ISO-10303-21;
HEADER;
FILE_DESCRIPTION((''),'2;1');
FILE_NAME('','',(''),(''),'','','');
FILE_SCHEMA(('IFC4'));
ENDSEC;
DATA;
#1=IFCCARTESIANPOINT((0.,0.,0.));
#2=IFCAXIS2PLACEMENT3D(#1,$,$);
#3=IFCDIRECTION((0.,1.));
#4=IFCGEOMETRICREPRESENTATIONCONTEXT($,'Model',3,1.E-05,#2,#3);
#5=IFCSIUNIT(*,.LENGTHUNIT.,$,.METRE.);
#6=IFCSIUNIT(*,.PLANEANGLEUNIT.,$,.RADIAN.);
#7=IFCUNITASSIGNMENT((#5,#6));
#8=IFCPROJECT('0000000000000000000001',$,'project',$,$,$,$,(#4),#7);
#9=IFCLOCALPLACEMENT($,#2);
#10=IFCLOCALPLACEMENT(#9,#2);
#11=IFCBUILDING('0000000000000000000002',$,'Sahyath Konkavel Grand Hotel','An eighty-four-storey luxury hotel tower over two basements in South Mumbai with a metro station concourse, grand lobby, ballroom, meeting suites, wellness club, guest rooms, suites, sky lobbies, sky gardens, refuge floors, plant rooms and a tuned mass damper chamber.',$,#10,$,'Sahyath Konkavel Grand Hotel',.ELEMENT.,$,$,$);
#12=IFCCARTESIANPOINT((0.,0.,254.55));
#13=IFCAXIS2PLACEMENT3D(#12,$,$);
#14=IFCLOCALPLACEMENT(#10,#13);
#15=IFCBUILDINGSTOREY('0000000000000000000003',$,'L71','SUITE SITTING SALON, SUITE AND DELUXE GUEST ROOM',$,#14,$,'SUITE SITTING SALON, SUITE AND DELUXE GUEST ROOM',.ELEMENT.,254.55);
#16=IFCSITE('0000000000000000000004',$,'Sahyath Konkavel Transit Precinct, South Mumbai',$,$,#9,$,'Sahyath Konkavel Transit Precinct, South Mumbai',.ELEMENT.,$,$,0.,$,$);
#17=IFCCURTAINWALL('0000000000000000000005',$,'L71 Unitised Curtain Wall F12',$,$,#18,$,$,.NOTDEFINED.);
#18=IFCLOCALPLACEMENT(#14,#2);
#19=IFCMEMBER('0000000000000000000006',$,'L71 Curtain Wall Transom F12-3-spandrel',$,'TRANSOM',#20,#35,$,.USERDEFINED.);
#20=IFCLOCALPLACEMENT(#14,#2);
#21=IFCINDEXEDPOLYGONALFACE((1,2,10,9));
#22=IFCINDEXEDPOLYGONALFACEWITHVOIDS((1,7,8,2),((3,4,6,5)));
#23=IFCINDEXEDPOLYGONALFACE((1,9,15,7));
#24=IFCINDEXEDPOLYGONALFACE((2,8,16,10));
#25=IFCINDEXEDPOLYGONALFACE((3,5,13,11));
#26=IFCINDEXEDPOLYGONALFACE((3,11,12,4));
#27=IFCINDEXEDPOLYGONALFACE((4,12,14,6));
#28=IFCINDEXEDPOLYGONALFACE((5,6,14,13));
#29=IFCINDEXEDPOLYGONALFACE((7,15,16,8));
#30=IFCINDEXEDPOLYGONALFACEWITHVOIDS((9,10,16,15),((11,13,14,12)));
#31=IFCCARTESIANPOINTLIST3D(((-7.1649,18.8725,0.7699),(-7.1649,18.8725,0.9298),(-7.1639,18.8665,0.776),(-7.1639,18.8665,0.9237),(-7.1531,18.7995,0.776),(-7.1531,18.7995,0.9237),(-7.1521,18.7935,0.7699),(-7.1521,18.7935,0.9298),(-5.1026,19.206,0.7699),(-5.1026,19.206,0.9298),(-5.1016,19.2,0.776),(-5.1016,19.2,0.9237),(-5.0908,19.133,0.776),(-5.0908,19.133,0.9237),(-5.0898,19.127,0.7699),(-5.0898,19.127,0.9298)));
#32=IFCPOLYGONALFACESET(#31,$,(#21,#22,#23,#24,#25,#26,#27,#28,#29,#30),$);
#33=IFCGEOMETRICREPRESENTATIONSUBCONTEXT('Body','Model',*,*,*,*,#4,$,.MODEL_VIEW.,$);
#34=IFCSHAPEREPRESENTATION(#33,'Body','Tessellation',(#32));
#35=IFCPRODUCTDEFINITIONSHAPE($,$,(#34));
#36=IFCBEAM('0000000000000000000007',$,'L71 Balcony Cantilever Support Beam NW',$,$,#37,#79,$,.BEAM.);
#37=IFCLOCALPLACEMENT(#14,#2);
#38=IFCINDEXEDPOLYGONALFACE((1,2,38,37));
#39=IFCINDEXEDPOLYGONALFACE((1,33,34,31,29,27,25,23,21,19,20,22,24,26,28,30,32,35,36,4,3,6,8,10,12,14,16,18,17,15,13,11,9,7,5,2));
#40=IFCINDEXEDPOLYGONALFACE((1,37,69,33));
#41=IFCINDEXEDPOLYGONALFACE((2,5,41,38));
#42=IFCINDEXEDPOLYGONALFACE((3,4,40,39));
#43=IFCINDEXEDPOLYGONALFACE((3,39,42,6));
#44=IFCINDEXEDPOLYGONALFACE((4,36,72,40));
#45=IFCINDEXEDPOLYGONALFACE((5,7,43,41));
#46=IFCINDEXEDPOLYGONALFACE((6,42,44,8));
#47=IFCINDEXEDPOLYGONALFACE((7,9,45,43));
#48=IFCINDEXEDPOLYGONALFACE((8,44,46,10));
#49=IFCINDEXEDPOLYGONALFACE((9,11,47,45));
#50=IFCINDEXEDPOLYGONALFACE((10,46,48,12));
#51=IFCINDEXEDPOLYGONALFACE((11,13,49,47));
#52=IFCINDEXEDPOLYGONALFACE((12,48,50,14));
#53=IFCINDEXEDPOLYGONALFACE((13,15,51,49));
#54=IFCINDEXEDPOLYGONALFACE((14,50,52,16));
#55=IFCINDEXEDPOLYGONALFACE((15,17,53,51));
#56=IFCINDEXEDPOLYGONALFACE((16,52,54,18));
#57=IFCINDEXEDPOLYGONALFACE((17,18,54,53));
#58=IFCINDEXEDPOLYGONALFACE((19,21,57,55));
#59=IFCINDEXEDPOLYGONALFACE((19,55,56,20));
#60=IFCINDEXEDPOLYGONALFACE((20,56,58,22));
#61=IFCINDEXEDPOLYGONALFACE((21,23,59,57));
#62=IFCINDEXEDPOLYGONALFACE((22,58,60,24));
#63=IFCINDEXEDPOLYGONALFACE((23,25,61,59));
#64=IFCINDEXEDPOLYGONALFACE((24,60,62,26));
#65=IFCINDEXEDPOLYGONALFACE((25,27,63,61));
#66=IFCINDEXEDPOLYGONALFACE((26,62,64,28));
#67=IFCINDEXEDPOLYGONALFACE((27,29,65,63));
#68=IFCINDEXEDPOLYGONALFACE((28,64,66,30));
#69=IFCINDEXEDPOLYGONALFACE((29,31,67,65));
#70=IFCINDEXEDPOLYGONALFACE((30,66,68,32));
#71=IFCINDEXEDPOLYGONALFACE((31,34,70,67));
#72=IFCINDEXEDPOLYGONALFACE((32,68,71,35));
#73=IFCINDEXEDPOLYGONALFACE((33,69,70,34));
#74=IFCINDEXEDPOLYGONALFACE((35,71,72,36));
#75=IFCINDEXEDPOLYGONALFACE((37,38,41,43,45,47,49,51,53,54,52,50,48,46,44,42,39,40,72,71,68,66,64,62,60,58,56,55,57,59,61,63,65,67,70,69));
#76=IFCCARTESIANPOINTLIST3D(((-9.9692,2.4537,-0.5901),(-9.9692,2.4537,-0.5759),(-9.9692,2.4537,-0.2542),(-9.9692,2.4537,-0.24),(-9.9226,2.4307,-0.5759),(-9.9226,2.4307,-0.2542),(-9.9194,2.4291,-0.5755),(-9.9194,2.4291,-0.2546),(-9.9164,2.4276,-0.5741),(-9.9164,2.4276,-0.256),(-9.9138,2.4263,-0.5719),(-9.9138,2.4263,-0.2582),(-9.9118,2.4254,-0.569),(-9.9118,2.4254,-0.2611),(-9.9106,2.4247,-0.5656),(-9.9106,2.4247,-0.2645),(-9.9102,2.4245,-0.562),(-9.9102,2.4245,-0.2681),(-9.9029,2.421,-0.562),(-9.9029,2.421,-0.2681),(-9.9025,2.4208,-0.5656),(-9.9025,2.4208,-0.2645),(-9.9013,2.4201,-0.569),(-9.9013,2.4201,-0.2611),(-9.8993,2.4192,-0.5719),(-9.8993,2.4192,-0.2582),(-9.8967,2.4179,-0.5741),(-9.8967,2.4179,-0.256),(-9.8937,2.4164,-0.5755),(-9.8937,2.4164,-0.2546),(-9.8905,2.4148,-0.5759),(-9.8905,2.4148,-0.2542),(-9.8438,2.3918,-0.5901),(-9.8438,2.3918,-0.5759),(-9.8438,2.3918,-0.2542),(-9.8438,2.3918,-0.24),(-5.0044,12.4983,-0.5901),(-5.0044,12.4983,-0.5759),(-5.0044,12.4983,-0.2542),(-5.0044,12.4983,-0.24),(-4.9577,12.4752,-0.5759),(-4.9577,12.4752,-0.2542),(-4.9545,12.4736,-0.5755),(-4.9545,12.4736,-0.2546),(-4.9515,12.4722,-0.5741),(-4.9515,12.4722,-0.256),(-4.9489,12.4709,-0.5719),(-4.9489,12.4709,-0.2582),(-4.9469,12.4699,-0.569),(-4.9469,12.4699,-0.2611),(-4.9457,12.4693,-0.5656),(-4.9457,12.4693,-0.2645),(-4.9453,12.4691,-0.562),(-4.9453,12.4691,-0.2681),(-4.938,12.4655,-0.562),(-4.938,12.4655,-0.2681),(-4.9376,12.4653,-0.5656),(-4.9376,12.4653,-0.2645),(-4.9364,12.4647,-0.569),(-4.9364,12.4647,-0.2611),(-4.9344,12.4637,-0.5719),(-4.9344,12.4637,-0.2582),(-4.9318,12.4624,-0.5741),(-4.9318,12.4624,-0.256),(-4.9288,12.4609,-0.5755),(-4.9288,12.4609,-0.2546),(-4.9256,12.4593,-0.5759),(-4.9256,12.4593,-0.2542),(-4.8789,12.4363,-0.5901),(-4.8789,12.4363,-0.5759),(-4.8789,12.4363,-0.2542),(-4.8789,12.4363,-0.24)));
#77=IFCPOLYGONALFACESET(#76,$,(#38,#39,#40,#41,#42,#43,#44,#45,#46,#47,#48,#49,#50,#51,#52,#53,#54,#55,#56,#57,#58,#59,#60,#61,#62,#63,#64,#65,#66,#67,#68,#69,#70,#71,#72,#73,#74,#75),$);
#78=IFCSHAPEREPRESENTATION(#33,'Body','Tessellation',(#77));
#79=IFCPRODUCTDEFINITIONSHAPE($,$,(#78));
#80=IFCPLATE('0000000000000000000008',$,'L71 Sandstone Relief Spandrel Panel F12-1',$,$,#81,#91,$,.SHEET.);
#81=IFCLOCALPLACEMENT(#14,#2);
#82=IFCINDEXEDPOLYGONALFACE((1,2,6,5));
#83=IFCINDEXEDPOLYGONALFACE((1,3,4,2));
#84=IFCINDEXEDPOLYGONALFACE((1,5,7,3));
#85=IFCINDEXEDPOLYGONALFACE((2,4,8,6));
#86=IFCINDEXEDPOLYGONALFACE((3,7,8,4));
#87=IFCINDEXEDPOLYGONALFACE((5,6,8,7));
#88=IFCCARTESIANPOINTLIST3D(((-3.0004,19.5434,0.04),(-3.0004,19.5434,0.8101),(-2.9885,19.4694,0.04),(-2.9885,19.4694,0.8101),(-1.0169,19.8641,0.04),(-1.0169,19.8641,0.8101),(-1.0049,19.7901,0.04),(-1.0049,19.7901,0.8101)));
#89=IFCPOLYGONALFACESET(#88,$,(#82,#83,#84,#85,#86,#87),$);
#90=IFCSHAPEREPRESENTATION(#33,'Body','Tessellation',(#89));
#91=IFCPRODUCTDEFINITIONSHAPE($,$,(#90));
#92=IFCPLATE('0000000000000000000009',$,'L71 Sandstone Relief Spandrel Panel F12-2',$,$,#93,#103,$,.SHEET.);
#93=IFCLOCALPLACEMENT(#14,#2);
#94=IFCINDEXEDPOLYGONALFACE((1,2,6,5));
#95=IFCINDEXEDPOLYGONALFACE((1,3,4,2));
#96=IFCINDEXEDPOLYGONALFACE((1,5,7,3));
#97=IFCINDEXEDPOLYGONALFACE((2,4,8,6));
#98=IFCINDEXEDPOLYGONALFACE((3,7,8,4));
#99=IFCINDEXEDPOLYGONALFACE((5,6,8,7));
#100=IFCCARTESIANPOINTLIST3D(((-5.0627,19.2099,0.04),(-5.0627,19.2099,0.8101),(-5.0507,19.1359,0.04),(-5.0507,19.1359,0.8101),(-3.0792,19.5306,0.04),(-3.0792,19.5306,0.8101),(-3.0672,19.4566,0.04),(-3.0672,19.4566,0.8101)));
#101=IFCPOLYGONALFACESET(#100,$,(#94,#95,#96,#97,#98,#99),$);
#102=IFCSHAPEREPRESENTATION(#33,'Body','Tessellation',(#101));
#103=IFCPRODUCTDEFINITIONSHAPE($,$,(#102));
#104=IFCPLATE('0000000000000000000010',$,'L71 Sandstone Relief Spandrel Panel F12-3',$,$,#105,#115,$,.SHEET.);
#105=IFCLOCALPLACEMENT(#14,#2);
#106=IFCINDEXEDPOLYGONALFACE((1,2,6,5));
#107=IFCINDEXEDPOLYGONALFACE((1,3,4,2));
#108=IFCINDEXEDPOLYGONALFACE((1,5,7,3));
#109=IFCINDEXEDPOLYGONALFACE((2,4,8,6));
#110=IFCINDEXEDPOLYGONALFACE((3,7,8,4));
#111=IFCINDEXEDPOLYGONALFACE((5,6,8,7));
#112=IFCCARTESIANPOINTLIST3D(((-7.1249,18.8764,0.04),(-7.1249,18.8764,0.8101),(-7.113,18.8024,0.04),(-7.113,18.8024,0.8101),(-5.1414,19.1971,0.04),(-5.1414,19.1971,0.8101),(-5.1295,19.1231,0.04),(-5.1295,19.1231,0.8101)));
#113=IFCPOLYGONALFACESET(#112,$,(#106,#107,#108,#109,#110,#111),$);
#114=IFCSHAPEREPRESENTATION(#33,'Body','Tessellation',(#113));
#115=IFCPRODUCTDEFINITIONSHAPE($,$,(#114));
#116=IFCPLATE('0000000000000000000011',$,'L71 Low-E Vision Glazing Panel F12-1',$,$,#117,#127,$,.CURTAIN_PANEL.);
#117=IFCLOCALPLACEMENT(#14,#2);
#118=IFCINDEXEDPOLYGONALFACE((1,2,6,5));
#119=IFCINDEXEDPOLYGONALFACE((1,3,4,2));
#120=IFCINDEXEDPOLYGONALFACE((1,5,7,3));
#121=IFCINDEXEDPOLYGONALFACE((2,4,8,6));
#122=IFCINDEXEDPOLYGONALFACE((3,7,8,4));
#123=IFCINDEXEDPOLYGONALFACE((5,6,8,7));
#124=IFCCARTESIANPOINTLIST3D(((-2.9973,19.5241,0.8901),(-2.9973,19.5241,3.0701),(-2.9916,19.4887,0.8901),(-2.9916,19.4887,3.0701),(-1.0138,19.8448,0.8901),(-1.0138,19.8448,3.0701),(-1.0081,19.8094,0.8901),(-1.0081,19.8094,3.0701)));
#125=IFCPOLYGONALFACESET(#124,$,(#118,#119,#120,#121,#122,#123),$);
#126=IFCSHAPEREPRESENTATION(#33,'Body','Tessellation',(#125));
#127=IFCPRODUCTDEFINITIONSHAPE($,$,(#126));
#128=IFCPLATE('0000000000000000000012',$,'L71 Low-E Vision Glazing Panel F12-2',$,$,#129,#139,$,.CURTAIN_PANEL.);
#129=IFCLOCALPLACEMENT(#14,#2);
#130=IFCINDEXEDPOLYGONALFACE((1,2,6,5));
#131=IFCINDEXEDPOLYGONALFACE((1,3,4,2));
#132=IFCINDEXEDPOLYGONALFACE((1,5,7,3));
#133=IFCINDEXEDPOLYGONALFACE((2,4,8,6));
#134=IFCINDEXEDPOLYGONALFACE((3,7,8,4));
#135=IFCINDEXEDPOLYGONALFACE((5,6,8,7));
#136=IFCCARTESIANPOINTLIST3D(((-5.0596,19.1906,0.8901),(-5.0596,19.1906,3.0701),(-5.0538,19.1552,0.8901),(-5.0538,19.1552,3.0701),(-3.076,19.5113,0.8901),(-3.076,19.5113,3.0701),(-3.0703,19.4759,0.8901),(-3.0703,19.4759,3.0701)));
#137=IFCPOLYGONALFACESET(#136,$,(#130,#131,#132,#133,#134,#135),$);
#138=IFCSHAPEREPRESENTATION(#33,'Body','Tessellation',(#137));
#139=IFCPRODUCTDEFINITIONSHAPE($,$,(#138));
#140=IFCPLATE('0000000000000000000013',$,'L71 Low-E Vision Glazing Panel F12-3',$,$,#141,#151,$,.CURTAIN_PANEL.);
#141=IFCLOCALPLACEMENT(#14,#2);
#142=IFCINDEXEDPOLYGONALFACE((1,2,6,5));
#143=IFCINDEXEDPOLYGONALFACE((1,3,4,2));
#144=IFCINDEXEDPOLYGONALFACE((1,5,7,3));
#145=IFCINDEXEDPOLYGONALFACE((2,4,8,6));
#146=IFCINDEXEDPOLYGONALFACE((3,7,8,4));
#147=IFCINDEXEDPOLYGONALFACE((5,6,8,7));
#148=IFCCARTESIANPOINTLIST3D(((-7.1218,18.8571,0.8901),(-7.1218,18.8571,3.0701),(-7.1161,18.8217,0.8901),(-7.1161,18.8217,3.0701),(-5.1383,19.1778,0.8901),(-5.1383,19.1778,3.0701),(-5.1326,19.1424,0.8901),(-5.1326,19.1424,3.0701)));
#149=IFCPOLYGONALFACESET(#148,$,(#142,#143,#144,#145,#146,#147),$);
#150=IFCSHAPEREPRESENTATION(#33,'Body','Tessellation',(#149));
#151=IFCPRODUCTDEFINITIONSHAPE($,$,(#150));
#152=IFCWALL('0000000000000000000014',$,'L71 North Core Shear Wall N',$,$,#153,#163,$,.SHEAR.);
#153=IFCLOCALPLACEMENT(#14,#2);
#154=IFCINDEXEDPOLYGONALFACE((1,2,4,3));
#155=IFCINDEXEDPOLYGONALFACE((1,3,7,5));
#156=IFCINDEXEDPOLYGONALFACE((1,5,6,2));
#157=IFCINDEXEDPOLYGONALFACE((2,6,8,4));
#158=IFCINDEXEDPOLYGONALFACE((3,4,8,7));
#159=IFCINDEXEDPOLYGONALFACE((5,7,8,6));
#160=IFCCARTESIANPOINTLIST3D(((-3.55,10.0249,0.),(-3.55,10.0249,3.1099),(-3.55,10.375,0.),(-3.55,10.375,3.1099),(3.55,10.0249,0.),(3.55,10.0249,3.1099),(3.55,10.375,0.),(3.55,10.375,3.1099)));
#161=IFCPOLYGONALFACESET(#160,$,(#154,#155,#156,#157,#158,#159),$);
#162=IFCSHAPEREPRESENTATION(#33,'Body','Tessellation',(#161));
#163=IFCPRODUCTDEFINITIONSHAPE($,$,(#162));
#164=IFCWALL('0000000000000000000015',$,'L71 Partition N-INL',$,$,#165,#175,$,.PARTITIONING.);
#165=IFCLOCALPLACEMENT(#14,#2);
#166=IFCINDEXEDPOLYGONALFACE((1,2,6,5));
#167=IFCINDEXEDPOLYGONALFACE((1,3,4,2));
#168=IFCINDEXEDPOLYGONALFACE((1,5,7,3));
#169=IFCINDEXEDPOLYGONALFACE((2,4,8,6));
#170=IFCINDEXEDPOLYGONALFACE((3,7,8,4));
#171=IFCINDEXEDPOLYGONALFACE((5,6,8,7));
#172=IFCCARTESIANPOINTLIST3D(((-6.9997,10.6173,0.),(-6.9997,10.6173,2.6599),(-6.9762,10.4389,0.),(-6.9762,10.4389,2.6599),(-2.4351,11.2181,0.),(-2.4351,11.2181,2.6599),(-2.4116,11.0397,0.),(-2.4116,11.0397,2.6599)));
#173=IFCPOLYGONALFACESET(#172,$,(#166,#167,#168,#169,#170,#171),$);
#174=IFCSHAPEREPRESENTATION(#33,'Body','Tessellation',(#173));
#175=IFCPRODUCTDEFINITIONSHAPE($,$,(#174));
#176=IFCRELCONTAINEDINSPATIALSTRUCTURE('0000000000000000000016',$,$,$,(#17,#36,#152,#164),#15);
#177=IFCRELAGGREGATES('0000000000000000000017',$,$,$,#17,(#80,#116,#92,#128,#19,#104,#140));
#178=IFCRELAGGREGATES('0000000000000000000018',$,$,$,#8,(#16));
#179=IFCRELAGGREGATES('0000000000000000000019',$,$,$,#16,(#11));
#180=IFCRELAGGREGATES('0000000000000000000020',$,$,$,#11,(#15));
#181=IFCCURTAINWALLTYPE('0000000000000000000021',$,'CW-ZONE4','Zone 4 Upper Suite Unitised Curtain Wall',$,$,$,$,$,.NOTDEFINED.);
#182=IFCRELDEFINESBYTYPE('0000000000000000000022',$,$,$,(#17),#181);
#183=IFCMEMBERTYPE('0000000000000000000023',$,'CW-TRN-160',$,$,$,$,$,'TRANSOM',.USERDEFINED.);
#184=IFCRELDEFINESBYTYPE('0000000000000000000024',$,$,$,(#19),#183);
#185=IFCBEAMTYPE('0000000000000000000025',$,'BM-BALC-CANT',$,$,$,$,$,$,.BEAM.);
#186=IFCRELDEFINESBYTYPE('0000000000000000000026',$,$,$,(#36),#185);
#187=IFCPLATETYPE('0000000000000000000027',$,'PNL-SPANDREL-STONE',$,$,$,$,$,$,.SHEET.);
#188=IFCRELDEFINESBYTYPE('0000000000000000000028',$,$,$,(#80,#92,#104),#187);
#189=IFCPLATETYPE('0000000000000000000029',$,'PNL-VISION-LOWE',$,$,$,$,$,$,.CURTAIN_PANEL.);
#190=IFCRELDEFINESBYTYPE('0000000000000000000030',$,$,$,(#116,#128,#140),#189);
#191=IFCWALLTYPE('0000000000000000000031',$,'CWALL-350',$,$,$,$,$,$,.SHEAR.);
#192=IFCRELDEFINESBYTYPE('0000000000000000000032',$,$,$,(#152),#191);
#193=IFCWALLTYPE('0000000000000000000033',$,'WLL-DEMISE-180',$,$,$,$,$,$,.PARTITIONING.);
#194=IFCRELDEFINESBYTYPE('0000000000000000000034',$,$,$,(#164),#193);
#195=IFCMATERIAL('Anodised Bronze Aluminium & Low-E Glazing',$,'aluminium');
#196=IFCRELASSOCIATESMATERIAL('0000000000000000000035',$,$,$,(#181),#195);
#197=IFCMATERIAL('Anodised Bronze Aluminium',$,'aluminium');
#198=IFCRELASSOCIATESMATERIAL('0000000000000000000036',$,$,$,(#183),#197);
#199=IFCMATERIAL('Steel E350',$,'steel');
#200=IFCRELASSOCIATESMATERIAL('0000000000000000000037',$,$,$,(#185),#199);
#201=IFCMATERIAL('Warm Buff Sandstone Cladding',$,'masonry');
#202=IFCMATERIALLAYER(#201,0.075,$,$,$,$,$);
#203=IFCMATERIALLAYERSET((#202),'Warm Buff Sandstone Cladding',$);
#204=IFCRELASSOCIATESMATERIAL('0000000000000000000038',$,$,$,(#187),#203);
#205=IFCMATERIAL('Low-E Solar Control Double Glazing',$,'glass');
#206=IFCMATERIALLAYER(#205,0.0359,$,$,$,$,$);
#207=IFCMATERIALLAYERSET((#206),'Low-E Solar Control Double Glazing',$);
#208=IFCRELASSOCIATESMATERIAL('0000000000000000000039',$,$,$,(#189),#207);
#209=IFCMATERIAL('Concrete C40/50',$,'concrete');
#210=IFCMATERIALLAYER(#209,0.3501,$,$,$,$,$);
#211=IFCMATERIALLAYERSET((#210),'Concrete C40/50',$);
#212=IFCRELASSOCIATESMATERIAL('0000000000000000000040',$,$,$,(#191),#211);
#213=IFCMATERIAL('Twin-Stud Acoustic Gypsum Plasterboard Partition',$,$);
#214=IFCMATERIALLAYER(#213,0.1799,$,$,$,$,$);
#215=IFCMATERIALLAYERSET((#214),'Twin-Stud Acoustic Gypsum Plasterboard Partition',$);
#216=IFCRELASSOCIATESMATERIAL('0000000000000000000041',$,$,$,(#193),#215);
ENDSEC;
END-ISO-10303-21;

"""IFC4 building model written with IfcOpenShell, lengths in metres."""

from ifc_helpers import new_model, si_unit, direction, frame, frame_2d, origin, origin_2d, place, context, subcontext, project, spatial, rectangle, hollow_rectangle, i_section, extrude, source, transform, mapped, material, layer, layer_set, material_profile, profile_set, type_object, element, aggregate, save


model = new_model("IFC4")

# Units and contexts
model_context = context("Model", 3, precision=1e-05, world=origin(), true_north=direction((0.0, 1.0)))
body_context = subcontext(model_context, "Body", "Model", "MODEL_VIEW")
ifc_project = project(units=[si_unit("LENGTHUNIT", "METRE"), si_unit("PLANEANGLEUNIT", "RADIAN")], contexts=[model_context])

# Site, building, storey
site_placement = place(None, origin())
site = spatial("IfcSite", under=ifc_project, at=site_placement, Name="Sahyath Konkavel Transit Precinct, South Mumbai", LongName="Sahyath Konkavel Transit Precinct, South Mumbai", CompositionType="ELEMENT", RefElevation=0.0)
building_placement = place(site_placement, origin())
building = spatial("IfcBuilding", under=site, at=building_placement, Name="Sahyath Konkavel Grand Hotel", Description="An eighty-four-storey luxury hotel tower over two basements in South Mumbai with a metro station concourse, grand lobby, ballroom, meeting suites, wellness club, guest rooms, suites, sky lobbies, sky gardens, refuge floors, plant rooms and a tuned mass damper chamber.", LongName="Sahyath Konkavel Grand Hotel", CompositionType="ELEMENT")
storey_placement = place(building_placement, frame((0.0, 0.0, 254.55)))
storey = spatial("IfcBuildingStorey", under=building, at=storey_placement, Name="L71", Description="SUITE SITTING SALON, SUITE AND DELUXE GUEST ROOM", LongName="SUITE SITTING SALON, SUITE AND DELUXE GUEST ROOM", CompositionType="ELEMENT", Elevation=254.55)

# Shared definitions
ifc_material_1 = material(Name="Steel E350", Category="steel")

# Curtain wall, member
ifc_material_2 = material(Name="Anodised Bronze Aluminium & Low-E Glazing", Category="aluminium")
curtain_wall_type = type_object("IfcCurtainWallType", Name="CW-ZONE4", Description="Zone 4 Upper Suite Unitised Curtain Wall", PredefinedType="NOTDEFINED", material=ifc_material_2)
curtain_wall_placement = place(storey_placement, origin())
curtain_wall = element("IfcCurtainWall", 1, at=curtain_wall_placement, inside=storey, type_object=curtain_wall_type, Name="L71 Unitised Curtain Wall F12", PredefinedType="NOTDEFINED")
ifc_material_3 = material(Name="Anodised Bronze Aluminium", Category="aluminium")
ifc_material_profile_1 = material_profile(ifc_material_3, hollow_rectangle(XDim=0.0801, YDim=0.1599, WallThickness=0.0061, at=origin_2d()), Name="RHS 160x80x6")
ifc_profile_set_1 = profile_set([ifc_material_profile_1], Name="Anodised Bronze Aluminium")
member_type_1 = type_object("IfcMemberType", Name="CW-TRN-160", ElementType="TRANSOM", PredefinedType="USERDEFINED", material=ifc_profile_set_1)
shared_shape_1 = source(origin(), body_context, "Body", "SweptSolid", [
    extrude(hollow_rectangle(XDim=0.0801, YDim=0.1599, WallThickness=0.0061, at=origin_2d()), origin(), (0.0, 0.0, 1.0), 2.0891),
])
member_1_placement = place(storey_placement, frame((-5.0962, 19.1665, 0.8499), z_axis=(-0.987175, -0.15964, 0.0), x_axis=(0.15964, -0.987175, 0.0)))
member_1 = element("IfcMember", 2, at=member_1_placement, type_object=member_type_1, Name="L71 Curtain Wall Transom F12-3-spandrel", ObjectType="TRANSOM", PredefinedType="USERDEFINED", context=body_context, shape_type="MappedRepresentation", body=[
    mapped(shared_shape_1, transform((0.0, 0.0, 0.0), scale=1.0)),
])

# Beam
ifc_material_profile_2 = material_profile(ifc_material_1, i_section(OverallWidth=0.1399, OverallDepth=0.3501, WebThickness=0.0081, FlangeThickness=0.0142, FilletRadius=0.0139, at=origin_2d()), Name="ISMB 350")
ifc_profile_set_2 = profile_set([ifc_material_profile_2], Name="Steel E350")
beam_type_1 = type_object("IfcBeamType", Name="BM-BALC-CANT", PredefinedType="BEAM", material=ifc_profile_set_2)
shared_shape_2 = source(origin(), body_context, "Body", "SweptSolid", [
    extrude(i_section(OverallWidth=0.1399, OverallDepth=0.3501, WebThickness=0.0081, FlangeThickness=0.0142, FilletRadius=0.0139, at=origin_2d()), origin(), (0.0, 0.0, 1.0), 11.2046),
])
beam_1_placement = place(storey_placement, frame((-4.9417, 12.4673, -0.415), z_axis=(-0.443112, -0.896466, 0.0), x_axis=(0.896466, -0.443112, 0.0)))
element("IfcBeam", 3, at=beam_1_placement, inside=storey, type_object=beam_type_1, Name="L71 Balcony Cantilever Support Beam NW", PredefinedType="BEAM", context=body_context, shape_type="MappedRepresentation", body=[
    mapped(shared_shape_2, transform((0.0, 0.0, 0.0), scale=1.0)),
])

# Plates
ifc_material_4 = material(Name="Warm Buff Sandstone Cladding", Category="masonry")
ifc_layer_1 = layer(ifc_material_4, 0.075)
ifc_layer_set_1 = layer_set([ifc_layer_1], Name="Warm Buff Sandstone Cladding")
plate_type_1 = type_object("IfcPlateType", Name="PNL-SPANDREL-STONE", PredefinedType="SHEET", material=ifc_layer_set_1)
shared_shape_3 = source(origin(), body_context, "Body", "SweptSolid", [
    extrude(rectangle(XDim=2.0093, YDim=0.075, at=origin_2d()), origin(), (0.0, 0.0, 1.0), 0.77),
])
plate_1_placement = place(storey_placement, frame((-2.0027, 19.6667, 0.04), z_axis=(0.0, 0.0, 1.0), x_axis=(-0.987181, -0.159606, 0.0)))
plate_1 = element("IfcPlate", 4, at=plate_1_placement, type_object=plate_type_1, Name="L71 Sandstone Relief Spandrel Panel F12-1", PredefinedType="SHEET", context=body_context, shape_type="MappedRepresentation", body=[
    mapped(shared_shape_3, transform((0.0, 0.0, 0.0), scale=1.0)),
])
plate_2_placement = place(storey_placement, frame((-4.0649, 19.3333, 0.04), z_axis=(0.0, 0.0, 1.0), x_axis=(-0.987181, -0.159606, 0.0)))
plate_2 = element("IfcPlate", 5, at=plate_2_placement, type_object=plate_type_1, Name="L71 Sandstone Relief Spandrel Panel F12-2", PredefinedType="SHEET", context=body_context, shape_type="MappedRepresentation", body=[
    mapped(shared_shape_3, transform((0.0, 0.0, 0.0), scale=1.0)),
])
plate_3_placement = place(storey_placement, frame((-6.1272, 18.9998, 0.04), z_axis=(0.0, 0.0, 1.0), x_axis=(-0.987181, -0.159606, 0.0)))
plate_3 = element("IfcPlate", 6, at=plate_3_placement, type_object=plate_type_1, Name="L71 Sandstone Relief Spandrel Panel F12-3", PredefinedType="SHEET", context=body_context, shape_type="MappedRepresentation", body=[
    mapped(shared_shape_3, transform((0.0, 0.0, 0.0), scale=1.0)),
])
ifc_material_5 = material(Name="Low-E Solar Control Double Glazing", Category="glass")
ifc_layer_2 = layer(ifc_material_5, 0.0359)
ifc_layer_set_2 = layer_set([ifc_layer_2], Name="Low-E Solar Control Double Glazing")
plate_type_2 = type_object("IfcPlateType", Name="PNL-VISION-LOWE", PredefinedType="CURTAIN_PANEL", material=ifc_layer_set_2)
shared_shape_4 = source(origin(), body_context, "Body", "SweptSolid", [
    extrude(rectangle(XDim=2.0093, YDim=0.0359, at=origin_2d()), origin(), (0.0, 0.0, 1.0), 2.1799),
])
plate_4_placement = place(storey_placement, frame((-2.0027, 19.6667, 0.8901), z_axis=(0.0, 0.0, 1.0), x_axis=(-0.987181, -0.159606, 0.0)))
plate_4 = element("IfcPlate", 7, at=plate_4_placement, type_object=plate_type_2, Name="L71 Low-E Vision Glazing Panel F12-1", PredefinedType="CURTAIN_PANEL", context=body_context, shape_type="MappedRepresentation", body=[
    mapped(shared_shape_4, transform((0.0, 0.0, 0.0), scale=1.0)),
])
plate_5_placement = place(storey_placement, frame((-4.0649, 19.3333, 0.8901), z_axis=(0.0, 0.0, 1.0), x_axis=(-0.987181, -0.159606, 0.0)))
plate_5 = element("IfcPlate", 8, at=plate_5_placement, type_object=plate_type_2, Name="L71 Low-E Vision Glazing Panel F12-2", PredefinedType="CURTAIN_PANEL", context=body_context, shape_type="MappedRepresentation", body=[
    mapped(shared_shape_4, transform((0.0, 0.0, 0.0), scale=1.0)),
])
plate_6_placement = place(storey_placement, frame((-6.1272, 18.9998, 0.8901), z_axis=(0.0, 0.0, 1.0), x_axis=(-0.987181, -0.159606, 0.0)))
plate_6 = element("IfcPlate", 9, at=plate_6_placement, type_object=plate_type_2, Name="L71 Low-E Vision Glazing Panel F12-3", PredefinedType="CURTAIN_PANEL", context=body_context, shape_type="MappedRepresentation", body=[
    mapped(shared_shape_4, transform((0.0, 0.0, 0.0), scale=1.0)),
])
aggregate(curtain_wall, [plate_1, plate_4, plate_2, plate_5, member_1, plate_3, plate_6])

# Walls
ifc_material_6 = material(Name="Concrete C40/50", Category="concrete")
ifc_layer_3 = layer(ifc_material_6, 0.3501)
ifc_layer_set_3 = layer_set([ifc_layer_3], Name="Concrete C40/50")
wall_type_1 = type_object("IfcWallType", Name="CWALL-350", PredefinedType="SHEAR", material=ifc_layer_set_3)
wall_1_placement = place(storey_placement, frame((-3.55, 10.2, 0.0), z_axis=(0.0, 0.0, 1.0), x_axis=(1.0, 0.0, 0.0)))
element("IfcWall", 10, at=wall_1_placement, inside=storey, type_object=wall_type_1, Name="L71 North Core Shear Wall N", PredefinedType="SHEAR", context=body_context, shape_type="SweptSolid", body=[
    extrude(rectangle(XDim=7.1001, YDim=0.3501, at=frame_2d((3.55, 0.0))), origin(), (0.0, 0.0, 1.0), 3.1099),
])
ifc_material_7 = material(Name="Twin-Stud Acoustic Gypsum Plasterboard Partition")
ifc_layer_4 = layer(ifc_material_7, 0.1799)
ifc_layer_set_4 = layer_set([ifc_layer_4], Name="Twin-Stud Acoustic Gypsum Plasterboard Partition")
wall_type_2 = type_object("IfcWallType", Name="WLL-DEMISE-180", PredefinedType="PARTITIONING", material=ifc_layer_set_4)
for number, where, z_axis, x_axis, name in (
    (11, (-2.4233, 11.1289, 0.0), (0.0, 0.0, 1.0), (-0.991448, -0.1305, 0.0), "L71 Partition N-INL"),
):
    element("IfcWall", number, at=place(storey_placement, frame(where, z_axis=z_axis, x_axis=x_axis)), inside=storey, type_object=wall_type_2, Name=name, PredefinedType="PARTITIONING", context=body_context, shape_type="SweptSolid", body=[
        extrude(rectangle(XDim=4.604, YDim=0.1799, at=frame_2d((2.302, 0.0))), origin(), (0.0, 0.0, 1.0), 2.6599),
    ])

save(model, "model.ifc")
